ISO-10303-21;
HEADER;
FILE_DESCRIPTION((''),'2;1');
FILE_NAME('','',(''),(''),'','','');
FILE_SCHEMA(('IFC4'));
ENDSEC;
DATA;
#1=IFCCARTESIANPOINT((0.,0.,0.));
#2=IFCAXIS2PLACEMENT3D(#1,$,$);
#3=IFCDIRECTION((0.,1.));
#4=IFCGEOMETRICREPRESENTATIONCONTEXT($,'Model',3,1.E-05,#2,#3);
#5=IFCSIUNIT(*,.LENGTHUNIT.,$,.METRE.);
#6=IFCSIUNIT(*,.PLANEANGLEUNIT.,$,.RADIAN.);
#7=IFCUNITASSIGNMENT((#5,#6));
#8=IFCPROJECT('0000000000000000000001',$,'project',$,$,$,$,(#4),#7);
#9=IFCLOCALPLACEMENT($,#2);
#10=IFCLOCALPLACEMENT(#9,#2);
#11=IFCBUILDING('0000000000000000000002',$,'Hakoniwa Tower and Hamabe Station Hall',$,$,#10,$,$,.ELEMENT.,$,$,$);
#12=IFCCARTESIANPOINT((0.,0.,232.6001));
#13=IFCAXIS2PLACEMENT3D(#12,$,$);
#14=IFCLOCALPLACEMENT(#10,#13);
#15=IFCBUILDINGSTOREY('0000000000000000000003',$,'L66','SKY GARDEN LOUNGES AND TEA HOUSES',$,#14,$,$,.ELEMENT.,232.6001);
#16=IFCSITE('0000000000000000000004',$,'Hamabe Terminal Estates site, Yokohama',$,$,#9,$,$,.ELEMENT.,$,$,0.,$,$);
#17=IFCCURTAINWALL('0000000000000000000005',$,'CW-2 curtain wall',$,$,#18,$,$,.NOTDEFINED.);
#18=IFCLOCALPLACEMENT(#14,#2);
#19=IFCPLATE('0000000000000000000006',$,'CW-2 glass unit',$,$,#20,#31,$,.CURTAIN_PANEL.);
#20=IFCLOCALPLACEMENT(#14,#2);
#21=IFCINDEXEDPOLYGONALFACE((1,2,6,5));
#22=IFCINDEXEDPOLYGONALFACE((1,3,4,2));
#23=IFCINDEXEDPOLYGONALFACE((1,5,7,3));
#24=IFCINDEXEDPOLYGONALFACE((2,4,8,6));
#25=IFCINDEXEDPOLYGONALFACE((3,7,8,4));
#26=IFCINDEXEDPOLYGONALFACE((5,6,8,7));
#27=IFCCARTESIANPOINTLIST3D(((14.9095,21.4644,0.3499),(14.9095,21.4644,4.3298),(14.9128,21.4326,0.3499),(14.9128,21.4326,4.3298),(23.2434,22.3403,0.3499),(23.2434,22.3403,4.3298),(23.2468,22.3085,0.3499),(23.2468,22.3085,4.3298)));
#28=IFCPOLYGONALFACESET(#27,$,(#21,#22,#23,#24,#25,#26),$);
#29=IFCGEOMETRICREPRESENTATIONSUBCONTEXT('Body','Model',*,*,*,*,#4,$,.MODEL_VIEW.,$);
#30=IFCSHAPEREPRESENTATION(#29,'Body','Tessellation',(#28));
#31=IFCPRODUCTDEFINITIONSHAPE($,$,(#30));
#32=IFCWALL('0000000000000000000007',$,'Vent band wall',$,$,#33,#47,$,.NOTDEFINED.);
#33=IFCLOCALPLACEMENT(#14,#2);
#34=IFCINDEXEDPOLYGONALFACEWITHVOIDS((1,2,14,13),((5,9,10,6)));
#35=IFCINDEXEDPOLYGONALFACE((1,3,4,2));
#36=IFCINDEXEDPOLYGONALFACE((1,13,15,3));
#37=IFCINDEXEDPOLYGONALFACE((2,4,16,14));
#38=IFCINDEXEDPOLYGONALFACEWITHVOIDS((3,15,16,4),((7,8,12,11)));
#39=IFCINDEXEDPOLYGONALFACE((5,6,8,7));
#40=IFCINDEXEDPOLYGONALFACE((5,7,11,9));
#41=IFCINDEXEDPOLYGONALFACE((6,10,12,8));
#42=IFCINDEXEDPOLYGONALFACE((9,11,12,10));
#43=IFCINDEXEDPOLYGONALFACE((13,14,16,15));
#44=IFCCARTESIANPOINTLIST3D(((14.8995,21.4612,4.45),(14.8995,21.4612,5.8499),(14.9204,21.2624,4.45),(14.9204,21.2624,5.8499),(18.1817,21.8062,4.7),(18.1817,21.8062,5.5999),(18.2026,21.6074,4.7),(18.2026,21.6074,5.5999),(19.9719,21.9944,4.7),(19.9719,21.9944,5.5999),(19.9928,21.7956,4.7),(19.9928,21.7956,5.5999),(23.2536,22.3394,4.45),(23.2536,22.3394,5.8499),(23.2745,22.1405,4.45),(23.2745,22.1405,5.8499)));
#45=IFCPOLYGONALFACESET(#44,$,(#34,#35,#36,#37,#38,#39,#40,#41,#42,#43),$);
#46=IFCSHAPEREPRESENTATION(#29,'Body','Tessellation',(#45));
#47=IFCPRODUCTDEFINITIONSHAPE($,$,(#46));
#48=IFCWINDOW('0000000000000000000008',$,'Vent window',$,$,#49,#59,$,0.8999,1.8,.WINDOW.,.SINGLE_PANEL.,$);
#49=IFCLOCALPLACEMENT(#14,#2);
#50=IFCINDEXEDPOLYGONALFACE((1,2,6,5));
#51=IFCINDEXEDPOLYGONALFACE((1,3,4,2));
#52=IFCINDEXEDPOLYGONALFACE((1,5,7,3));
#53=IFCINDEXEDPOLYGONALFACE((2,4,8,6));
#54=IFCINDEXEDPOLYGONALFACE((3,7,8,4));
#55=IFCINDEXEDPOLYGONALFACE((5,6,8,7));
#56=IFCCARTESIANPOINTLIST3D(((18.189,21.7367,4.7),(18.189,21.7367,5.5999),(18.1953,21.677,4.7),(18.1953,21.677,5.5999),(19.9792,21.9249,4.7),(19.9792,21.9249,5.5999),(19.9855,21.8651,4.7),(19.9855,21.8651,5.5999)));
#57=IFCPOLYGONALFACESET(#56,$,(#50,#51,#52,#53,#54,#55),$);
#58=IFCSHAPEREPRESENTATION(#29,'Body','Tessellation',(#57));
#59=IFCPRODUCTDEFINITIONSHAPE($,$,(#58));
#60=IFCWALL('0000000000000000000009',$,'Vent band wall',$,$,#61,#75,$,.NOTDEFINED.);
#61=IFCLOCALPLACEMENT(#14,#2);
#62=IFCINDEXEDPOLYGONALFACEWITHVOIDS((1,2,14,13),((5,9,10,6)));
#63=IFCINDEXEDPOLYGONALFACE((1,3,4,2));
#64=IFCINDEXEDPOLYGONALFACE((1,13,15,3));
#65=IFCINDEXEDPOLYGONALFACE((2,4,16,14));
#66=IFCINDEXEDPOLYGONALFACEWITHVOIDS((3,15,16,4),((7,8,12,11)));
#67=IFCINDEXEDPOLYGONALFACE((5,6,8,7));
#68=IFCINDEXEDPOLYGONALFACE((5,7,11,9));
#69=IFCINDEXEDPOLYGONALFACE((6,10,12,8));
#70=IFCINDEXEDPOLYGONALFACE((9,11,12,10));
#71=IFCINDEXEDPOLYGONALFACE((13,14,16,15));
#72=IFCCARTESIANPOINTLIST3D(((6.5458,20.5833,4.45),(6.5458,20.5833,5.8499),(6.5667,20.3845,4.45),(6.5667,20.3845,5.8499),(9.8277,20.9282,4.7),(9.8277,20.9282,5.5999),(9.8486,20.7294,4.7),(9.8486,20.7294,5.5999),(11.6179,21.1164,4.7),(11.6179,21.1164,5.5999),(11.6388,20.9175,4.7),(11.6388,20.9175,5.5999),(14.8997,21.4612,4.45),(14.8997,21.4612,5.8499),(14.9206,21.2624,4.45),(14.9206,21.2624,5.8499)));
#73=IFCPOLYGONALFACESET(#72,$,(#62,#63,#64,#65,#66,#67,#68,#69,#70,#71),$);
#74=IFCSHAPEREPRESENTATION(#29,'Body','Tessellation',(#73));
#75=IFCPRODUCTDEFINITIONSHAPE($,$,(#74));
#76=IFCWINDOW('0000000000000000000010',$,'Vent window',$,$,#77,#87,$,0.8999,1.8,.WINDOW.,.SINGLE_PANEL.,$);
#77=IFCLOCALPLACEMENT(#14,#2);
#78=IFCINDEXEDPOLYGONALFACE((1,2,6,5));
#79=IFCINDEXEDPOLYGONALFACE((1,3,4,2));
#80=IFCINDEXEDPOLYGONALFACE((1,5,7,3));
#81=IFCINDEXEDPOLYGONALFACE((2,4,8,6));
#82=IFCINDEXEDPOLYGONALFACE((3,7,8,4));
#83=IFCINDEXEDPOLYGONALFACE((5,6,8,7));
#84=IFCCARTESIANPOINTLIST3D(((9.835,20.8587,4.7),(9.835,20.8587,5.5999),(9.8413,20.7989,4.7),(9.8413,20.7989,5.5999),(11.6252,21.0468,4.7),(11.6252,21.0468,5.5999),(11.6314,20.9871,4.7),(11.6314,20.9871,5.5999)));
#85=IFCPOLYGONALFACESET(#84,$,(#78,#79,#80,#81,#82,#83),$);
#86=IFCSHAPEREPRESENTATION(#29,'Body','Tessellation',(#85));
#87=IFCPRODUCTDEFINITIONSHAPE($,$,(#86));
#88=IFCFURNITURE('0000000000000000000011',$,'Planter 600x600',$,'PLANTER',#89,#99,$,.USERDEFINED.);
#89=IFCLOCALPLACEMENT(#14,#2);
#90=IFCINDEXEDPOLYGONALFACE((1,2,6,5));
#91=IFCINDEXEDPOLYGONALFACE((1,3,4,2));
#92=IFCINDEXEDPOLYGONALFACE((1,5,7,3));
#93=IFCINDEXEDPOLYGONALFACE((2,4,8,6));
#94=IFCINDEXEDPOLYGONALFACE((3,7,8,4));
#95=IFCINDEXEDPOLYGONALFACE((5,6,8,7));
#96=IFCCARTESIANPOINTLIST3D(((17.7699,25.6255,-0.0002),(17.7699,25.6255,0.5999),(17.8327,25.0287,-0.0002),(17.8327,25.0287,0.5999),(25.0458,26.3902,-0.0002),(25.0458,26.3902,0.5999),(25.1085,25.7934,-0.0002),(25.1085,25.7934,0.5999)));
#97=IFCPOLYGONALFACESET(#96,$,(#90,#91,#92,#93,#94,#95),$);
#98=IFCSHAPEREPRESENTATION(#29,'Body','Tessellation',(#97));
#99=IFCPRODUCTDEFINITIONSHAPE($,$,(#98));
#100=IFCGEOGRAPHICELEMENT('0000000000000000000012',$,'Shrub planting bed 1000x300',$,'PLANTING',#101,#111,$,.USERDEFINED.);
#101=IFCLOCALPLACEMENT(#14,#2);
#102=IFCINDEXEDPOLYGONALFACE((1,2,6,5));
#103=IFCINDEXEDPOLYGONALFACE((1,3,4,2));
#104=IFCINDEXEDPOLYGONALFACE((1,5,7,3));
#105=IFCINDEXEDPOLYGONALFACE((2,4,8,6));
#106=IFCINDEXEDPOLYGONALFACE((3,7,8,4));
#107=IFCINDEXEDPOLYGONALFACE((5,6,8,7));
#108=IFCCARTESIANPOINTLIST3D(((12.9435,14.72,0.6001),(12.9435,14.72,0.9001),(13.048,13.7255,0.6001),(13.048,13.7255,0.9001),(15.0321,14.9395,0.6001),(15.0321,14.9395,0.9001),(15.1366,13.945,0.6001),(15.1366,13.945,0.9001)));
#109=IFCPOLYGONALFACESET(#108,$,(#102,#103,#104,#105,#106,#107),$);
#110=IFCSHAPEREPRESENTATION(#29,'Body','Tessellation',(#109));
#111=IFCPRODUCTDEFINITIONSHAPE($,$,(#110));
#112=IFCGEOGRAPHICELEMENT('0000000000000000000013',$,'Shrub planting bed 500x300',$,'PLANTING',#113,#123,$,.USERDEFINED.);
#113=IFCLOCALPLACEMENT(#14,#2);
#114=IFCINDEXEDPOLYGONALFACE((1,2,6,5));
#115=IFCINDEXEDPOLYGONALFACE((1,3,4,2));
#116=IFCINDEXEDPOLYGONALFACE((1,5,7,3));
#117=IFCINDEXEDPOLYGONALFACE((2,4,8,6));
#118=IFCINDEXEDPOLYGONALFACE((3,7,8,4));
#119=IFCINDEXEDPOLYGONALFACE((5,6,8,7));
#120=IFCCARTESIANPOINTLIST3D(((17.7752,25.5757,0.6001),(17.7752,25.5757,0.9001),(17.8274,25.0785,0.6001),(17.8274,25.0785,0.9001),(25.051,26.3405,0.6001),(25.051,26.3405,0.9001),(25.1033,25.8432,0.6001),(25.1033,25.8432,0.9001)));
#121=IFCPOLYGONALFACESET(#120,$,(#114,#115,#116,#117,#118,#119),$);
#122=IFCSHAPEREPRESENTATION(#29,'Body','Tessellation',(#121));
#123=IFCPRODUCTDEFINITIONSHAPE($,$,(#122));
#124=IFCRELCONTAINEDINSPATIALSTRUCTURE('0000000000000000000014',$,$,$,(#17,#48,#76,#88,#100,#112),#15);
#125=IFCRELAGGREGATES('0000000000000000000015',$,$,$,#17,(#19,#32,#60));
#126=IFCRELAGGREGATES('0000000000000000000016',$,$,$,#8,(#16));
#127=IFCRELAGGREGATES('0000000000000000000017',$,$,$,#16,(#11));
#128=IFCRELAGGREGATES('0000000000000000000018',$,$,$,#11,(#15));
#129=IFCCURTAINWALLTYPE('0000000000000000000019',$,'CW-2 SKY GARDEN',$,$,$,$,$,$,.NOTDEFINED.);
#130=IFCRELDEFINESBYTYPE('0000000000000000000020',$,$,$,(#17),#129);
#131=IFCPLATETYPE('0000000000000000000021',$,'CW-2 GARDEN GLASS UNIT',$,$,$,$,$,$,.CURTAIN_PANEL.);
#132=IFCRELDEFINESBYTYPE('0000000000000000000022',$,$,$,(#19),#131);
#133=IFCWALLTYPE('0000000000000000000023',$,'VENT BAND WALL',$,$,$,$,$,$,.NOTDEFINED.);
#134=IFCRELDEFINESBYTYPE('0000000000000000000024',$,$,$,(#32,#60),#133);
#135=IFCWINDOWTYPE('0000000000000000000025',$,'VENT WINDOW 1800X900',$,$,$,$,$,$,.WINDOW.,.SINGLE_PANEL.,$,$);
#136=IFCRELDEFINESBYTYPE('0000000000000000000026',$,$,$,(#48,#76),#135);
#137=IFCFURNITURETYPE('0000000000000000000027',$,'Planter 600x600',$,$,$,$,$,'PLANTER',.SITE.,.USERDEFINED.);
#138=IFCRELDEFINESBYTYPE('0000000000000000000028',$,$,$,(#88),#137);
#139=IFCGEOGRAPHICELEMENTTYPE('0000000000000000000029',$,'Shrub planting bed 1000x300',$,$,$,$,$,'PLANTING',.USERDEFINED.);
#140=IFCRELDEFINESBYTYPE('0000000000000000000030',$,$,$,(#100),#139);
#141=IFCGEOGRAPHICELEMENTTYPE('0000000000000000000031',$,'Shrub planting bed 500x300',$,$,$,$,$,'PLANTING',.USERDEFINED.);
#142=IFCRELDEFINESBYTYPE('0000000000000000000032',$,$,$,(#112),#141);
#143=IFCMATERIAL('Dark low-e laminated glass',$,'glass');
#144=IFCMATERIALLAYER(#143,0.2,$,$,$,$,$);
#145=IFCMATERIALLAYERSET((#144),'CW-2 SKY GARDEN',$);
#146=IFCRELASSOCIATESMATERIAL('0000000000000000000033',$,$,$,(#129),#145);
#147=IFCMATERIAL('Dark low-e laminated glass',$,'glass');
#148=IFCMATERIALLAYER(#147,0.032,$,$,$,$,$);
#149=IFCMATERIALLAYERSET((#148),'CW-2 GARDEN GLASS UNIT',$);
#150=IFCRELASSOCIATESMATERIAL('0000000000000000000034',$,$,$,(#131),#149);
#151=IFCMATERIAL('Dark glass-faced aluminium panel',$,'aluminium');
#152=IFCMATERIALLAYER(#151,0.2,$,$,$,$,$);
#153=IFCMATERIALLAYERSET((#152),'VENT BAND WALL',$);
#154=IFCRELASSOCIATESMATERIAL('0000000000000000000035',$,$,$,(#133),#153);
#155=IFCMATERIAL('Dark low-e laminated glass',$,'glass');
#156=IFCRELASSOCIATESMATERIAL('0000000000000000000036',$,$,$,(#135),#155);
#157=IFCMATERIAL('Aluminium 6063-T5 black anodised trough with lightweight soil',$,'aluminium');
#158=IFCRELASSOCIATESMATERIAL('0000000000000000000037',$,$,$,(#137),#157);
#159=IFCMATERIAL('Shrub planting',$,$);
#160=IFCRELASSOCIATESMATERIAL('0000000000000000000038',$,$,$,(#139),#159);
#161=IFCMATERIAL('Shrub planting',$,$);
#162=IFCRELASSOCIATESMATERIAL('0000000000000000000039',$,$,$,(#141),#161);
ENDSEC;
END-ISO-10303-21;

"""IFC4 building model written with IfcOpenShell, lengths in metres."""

from ifc_helpers import new_model, si_unit, direction, frame, frame_2d, origin, origin_2d, place, context, subcontext, project, spatial, rectangle, extrude, material, layer, layer_set, type_object, element, fill, aggregate, save


model = new_model("IFC4")

# Units and contexts
model_context = context("Model", 3, precision=1e-05, world=origin(), true_north=direction((0.0, 1.0)))
body_context = subcontext(model_context, "Body", "Model", "MODEL_VIEW")
ifc_project = project(units=[si_unit("LENGTHUNIT", "METRE"), si_unit("PLANEANGLEUNIT", "RADIAN")], contexts=[model_context])

# Site, building, storey
site_placement = place(None, origin())
site = spatial("IfcSite", under=ifc_project, at=site_placement, Name="Hamabe Terminal Estates site, Yokohama", CompositionType="ELEMENT", RefElevation=0.0)
building_placement = place(site_placement, origin())
building = spatial("IfcBuilding", under=site, at=building_placement, Name="Hakoniwa Tower and Hamabe Station Hall", CompositionType="ELEMENT")
storey_placement = place(building_placement, frame((0.0, 0.0, 232.6001)))
storey = spatial("IfcBuildingStorey", under=building, at=storey_placement, Name="L66", Description="SKY GARDEN LOUNGES AND TEA HOUSES", CompositionType="ELEMENT", Elevation=232.6001)

# Curtain wall, plate, walls, openings, windows
ifc_material_1 = material(Name="Dark low-e laminated glass", Category="glass")
ifc_layer_1 = layer(ifc_material_1, 0.2)
ifc_layer_set_1 = layer_set([ifc_layer_1], Name="CW-2 SKY GARDEN")
curtain_wall_type = type_object("IfcCurtainWallType", Name="CW-2 SKY GARDEN", PredefinedType="NOTDEFINED", material=ifc_layer_set_1)
curtain_wall_placement = place(storey_placement, origin())
curtain_wall = element("IfcCurtainWall", 1, at=curtain_wall_placement, inside=storey, type_object=curtain_wall_type, Name="CW-2 curtain wall", PredefinedType="NOTDEFINED")
ifc_material_2 = material(Name="Dark low-e laminated glass", Category="glass")
ifc_layer_2 = layer(ifc_material_2, 0.032)
ifc_layer_set_2 = layer_set([ifc_layer_2], Name="CW-2 GARDEN GLASS UNIT")
plate_type = type_object("IfcPlateType", Name="CW-2 GARDEN GLASS UNIT", PredefinedType="CURTAIN_PANEL", material=ifc_layer_set_2)
plate_placement = place(storey_placement, frame((19.0781, 21.8865, 0.3499), z_axis=(0.0, 0.0, 1.0), x_axis=(-0.994522, -0.104528, 0.0)))
plate = element("IfcPlate", 2, at=plate_placement, type_object=plate_type, Name="CW-2 glass unit", PredefinedType="CURTAIN_PANEL", context=body_context, shape_type="SweptSolid", body=[
    extrude(rectangle(XDim=8.3799, YDim=0.032, at=origin_2d()), origin(), (0.0, 0.0, 1.0), 3.98),
])
ifc_material_3 = material(Name="Dark glass-faced aluminium panel", Category="aluminium")
ifc_layer_3 = layer(ifc_material_3, 0.2)
ifc_layer_set_3 = layer_set([ifc_layer_3], Name="VENT BAND WALL")
wall_type = type_object("IfcWallType", Name="VENT BAND WALL", PredefinedType="NOTDEFINED", material=ifc_layer_set_3)
wall_1_placement = place(storey_placement, frame((23.2642, 22.24, 4.45), z_axis=(0.0, 0.0, 1.0), x_axis=(-0.99452, -0.104544, 0.0)))
wall_1 = element("IfcWall", 3, at=wall_1_placement, type_object=wall_type, Name="Vent band wall", PredefinedType="NOTDEFINED", context=body_context, shape_type="SweptSolid", body=[
    extrude(rectangle(XDim=8.4001, YDim=0.2, at=frame_2d((4.2002, 0.0))), origin(), (0.0, 0.0, 1.0), 1.3999),
])
opening_1_placement = place(wall_1_placement, frame((3.3, 0.0, 0.25)))
opening_1 = element("IfcOpeningElement", 4, at=opening_1_placement, cuts=wall_1, PredefinedType="OPENING", context=body_context, shape_type="SweptSolid", body=[
    extrude(rectangle(XDim=1.8, YDim=0.8999, at=frame_2d((0.8999, 0.45))), frame((0.0, 0.1099, 0.0), z_axis=(0.0, -1.0, 0.0), x_axis=(1.0, 0.0, 0.0)), (0.0, 0.0, 1.0), 0.22),
])
ifc_material_4 = material(Name="Dark low-e laminated glass", Category="glass")
window_type = type_object("IfcWindowType", Name="VENT WINDOW 1800X900", PartitioningType="SINGLE_PANEL", PredefinedType="WINDOW", material=ifc_material_4)
window_1_placement = place(opening_1_placement, origin())
window_1 = element("IfcWindow", 5, at=window_1_placement, inside=storey, type_object=window_type, Name="Vent window", OverallHeight=0.8999, OverallWidth=1.8, PartitioningType="SINGLE_PANEL", PredefinedType="WINDOW", context=body_context, shape_type="SweptSolid", body=[
    extrude(rectangle(XDim=1.8, YDim=0.8999, at=frame_2d((0.8999, 0.45))), frame((0.0, 0.03, 0.0), z_axis=(0.0, -1.0, 0.0), x_axis=(1.0, 0.0, 0.0)), (0.0, 0.0, 1.0), 0.0601),
])
fill(opening_1, window_1)
wall_2_placement = place(storey_placement, frame((14.9102, 21.3618, 4.45), z_axis=(0.0, 0.0, 1.0), x_axis=(-0.994523, -0.104515, 0.0)))
wall_2 = element("IfcWall", 6, at=wall_2_placement, type_object=wall_type, Name="Vent band wall", PredefinedType="NOTDEFINED", context=body_context, shape_type="SweptSolid", body=[
    extrude(rectangle(XDim=8.3999, YDim=0.2, at=frame_2d((4.2, 0.0))), origin(), (0.0, 0.0, 1.0), 1.3999),
])
opening_2_placement = place(wall_2_placement, frame((3.3, 0.0, 0.25)))
opening_2 = element("IfcOpeningElement", 7, at=opening_2_placement, cuts=wall_2, PredefinedType="OPENING", context=body_context, shape_type="SweptSolid", body=[
    extrude(rectangle(XDim=1.8, YDim=0.8999, at=frame_2d((0.8999, 0.45))), frame((0.0, 0.1099, 0.0), z_axis=(0.0, -1.0, 0.0), x_axis=(1.0, 0.0, 0.0)), (0.0, 0.0, 1.0), 0.22),
])
window_2_placement = place(opening_2_placement, origin())
window_2 = element("IfcWindow", 8, at=window_2_placement, inside=storey, type_object=window_type, Name="Vent window", OverallHeight=0.8999, OverallWidth=1.8, PartitioningType="SINGLE_PANEL", PredefinedType="WINDOW", context=body_context, shape_type="SweptSolid", body=[
    extrude(rectangle(XDim=1.8, YDim=0.8999, at=frame_2d((0.8999, 0.45))), frame((0.0, 0.03, 0.0), z_axis=(0.0, -1.0, 0.0), x_axis=(1.0, 0.0, 0.0)), (0.0, 0.0, 1.0), 0.0601),
])
fill(opening_2, window_2)
aggregate(curtain_wall, [plate, wall_1, wall_2])

# Furniture
ifc_material_5 = material(Name="Aluminium 6063-T5 black anodised trough with lightweight soil", Category="aluminium")
furniture_type = type_object("IfcFurnitureType", Name="Planter 600x600", ElementType="PLANTER", AssemblyPlace="SITE", PredefinedType="USERDEFINED", material=ifc_material_5)
furniture_placement = place(storey_placement, frame((21.4392, 25.7095, -0.0002), z_axis=(0.0, 0.0, 1.0), x_axis=(-0.994522, -0.104528, 0.0)))
element("IfcFurniture", 9, at=furniture_placement, inside=storey, type_object=furniture_type, Name="Planter 600x600", ObjectType="PLANTER", PredefinedType="USERDEFINED", context=body_context, shape_type="SweptSolid", body=[
    extrude(rectangle(XDim=7.3159, YDim=0.6001, at=origin_2d()), origin(), (0.0, 0.0, 1.0), 0.6001),
])

# Geographic elements
ifc_material_6 = material(Name="Shrub planting")
geographic_element_type_1 = type_object("IfcGeographicElementType", Name="Shrub planting bed 1000x300", ElementType="PLANTING", PredefinedType="USERDEFINED", material=ifc_material_6)
geographic_element_1_placement = place(storey_placement, frame((14.04, 14.3325, 0.6001), z_axis=(0.0, 0.0, 1.0), x_axis=(0.994522, 0.104528, 0.0)))
element("IfcGeographicElement", 10, at=geographic_element_1_placement, inside=storey, type_object=geographic_element_type_1, Name="Shrub planting bed 1000x300", ObjectType="PLANTING", PredefinedType="USERDEFINED", context=body_context, shape_type="SweptSolid", body=[
    extrude(rectangle(XDim=2.1001, YDim=1.0, at=origin_2d()), origin(), (0.0, 0.0, 1.0), 0.3),
])
ifc_material_7 = material(Name="Shrub planting")
geographic_element_type_2 = type_object("IfcGeographicElementType", Name="Shrub planting bed 500x300", ElementType="PLANTING", PredefinedType="USERDEFINED", material=ifc_material_7)
geographic_element_2_placement = place(storey_placement, frame((21.4392, 25.7095, 0.6001), z_axis=(0.0, 0.0, 1.0), x_axis=(-0.994522, -0.104528, 0.0)))
element("IfcGeographicElement", 11, at=geographic_element_2_placement, inside=storey, type_object=geographic_element_type_2, Name="Shrub planting bed 500x300", ObjectType="PLANTING", PredefinedType="USERDEFINED", context=body_context, shape_type="SweptSolid", body=[
    extrude(rectangle(XDim=7.3159, YDim=0.5, at=origin_2d()), origin(), (0.0, 0.0, 1.0), 0.3),
])

save(model, "model.ifc")
